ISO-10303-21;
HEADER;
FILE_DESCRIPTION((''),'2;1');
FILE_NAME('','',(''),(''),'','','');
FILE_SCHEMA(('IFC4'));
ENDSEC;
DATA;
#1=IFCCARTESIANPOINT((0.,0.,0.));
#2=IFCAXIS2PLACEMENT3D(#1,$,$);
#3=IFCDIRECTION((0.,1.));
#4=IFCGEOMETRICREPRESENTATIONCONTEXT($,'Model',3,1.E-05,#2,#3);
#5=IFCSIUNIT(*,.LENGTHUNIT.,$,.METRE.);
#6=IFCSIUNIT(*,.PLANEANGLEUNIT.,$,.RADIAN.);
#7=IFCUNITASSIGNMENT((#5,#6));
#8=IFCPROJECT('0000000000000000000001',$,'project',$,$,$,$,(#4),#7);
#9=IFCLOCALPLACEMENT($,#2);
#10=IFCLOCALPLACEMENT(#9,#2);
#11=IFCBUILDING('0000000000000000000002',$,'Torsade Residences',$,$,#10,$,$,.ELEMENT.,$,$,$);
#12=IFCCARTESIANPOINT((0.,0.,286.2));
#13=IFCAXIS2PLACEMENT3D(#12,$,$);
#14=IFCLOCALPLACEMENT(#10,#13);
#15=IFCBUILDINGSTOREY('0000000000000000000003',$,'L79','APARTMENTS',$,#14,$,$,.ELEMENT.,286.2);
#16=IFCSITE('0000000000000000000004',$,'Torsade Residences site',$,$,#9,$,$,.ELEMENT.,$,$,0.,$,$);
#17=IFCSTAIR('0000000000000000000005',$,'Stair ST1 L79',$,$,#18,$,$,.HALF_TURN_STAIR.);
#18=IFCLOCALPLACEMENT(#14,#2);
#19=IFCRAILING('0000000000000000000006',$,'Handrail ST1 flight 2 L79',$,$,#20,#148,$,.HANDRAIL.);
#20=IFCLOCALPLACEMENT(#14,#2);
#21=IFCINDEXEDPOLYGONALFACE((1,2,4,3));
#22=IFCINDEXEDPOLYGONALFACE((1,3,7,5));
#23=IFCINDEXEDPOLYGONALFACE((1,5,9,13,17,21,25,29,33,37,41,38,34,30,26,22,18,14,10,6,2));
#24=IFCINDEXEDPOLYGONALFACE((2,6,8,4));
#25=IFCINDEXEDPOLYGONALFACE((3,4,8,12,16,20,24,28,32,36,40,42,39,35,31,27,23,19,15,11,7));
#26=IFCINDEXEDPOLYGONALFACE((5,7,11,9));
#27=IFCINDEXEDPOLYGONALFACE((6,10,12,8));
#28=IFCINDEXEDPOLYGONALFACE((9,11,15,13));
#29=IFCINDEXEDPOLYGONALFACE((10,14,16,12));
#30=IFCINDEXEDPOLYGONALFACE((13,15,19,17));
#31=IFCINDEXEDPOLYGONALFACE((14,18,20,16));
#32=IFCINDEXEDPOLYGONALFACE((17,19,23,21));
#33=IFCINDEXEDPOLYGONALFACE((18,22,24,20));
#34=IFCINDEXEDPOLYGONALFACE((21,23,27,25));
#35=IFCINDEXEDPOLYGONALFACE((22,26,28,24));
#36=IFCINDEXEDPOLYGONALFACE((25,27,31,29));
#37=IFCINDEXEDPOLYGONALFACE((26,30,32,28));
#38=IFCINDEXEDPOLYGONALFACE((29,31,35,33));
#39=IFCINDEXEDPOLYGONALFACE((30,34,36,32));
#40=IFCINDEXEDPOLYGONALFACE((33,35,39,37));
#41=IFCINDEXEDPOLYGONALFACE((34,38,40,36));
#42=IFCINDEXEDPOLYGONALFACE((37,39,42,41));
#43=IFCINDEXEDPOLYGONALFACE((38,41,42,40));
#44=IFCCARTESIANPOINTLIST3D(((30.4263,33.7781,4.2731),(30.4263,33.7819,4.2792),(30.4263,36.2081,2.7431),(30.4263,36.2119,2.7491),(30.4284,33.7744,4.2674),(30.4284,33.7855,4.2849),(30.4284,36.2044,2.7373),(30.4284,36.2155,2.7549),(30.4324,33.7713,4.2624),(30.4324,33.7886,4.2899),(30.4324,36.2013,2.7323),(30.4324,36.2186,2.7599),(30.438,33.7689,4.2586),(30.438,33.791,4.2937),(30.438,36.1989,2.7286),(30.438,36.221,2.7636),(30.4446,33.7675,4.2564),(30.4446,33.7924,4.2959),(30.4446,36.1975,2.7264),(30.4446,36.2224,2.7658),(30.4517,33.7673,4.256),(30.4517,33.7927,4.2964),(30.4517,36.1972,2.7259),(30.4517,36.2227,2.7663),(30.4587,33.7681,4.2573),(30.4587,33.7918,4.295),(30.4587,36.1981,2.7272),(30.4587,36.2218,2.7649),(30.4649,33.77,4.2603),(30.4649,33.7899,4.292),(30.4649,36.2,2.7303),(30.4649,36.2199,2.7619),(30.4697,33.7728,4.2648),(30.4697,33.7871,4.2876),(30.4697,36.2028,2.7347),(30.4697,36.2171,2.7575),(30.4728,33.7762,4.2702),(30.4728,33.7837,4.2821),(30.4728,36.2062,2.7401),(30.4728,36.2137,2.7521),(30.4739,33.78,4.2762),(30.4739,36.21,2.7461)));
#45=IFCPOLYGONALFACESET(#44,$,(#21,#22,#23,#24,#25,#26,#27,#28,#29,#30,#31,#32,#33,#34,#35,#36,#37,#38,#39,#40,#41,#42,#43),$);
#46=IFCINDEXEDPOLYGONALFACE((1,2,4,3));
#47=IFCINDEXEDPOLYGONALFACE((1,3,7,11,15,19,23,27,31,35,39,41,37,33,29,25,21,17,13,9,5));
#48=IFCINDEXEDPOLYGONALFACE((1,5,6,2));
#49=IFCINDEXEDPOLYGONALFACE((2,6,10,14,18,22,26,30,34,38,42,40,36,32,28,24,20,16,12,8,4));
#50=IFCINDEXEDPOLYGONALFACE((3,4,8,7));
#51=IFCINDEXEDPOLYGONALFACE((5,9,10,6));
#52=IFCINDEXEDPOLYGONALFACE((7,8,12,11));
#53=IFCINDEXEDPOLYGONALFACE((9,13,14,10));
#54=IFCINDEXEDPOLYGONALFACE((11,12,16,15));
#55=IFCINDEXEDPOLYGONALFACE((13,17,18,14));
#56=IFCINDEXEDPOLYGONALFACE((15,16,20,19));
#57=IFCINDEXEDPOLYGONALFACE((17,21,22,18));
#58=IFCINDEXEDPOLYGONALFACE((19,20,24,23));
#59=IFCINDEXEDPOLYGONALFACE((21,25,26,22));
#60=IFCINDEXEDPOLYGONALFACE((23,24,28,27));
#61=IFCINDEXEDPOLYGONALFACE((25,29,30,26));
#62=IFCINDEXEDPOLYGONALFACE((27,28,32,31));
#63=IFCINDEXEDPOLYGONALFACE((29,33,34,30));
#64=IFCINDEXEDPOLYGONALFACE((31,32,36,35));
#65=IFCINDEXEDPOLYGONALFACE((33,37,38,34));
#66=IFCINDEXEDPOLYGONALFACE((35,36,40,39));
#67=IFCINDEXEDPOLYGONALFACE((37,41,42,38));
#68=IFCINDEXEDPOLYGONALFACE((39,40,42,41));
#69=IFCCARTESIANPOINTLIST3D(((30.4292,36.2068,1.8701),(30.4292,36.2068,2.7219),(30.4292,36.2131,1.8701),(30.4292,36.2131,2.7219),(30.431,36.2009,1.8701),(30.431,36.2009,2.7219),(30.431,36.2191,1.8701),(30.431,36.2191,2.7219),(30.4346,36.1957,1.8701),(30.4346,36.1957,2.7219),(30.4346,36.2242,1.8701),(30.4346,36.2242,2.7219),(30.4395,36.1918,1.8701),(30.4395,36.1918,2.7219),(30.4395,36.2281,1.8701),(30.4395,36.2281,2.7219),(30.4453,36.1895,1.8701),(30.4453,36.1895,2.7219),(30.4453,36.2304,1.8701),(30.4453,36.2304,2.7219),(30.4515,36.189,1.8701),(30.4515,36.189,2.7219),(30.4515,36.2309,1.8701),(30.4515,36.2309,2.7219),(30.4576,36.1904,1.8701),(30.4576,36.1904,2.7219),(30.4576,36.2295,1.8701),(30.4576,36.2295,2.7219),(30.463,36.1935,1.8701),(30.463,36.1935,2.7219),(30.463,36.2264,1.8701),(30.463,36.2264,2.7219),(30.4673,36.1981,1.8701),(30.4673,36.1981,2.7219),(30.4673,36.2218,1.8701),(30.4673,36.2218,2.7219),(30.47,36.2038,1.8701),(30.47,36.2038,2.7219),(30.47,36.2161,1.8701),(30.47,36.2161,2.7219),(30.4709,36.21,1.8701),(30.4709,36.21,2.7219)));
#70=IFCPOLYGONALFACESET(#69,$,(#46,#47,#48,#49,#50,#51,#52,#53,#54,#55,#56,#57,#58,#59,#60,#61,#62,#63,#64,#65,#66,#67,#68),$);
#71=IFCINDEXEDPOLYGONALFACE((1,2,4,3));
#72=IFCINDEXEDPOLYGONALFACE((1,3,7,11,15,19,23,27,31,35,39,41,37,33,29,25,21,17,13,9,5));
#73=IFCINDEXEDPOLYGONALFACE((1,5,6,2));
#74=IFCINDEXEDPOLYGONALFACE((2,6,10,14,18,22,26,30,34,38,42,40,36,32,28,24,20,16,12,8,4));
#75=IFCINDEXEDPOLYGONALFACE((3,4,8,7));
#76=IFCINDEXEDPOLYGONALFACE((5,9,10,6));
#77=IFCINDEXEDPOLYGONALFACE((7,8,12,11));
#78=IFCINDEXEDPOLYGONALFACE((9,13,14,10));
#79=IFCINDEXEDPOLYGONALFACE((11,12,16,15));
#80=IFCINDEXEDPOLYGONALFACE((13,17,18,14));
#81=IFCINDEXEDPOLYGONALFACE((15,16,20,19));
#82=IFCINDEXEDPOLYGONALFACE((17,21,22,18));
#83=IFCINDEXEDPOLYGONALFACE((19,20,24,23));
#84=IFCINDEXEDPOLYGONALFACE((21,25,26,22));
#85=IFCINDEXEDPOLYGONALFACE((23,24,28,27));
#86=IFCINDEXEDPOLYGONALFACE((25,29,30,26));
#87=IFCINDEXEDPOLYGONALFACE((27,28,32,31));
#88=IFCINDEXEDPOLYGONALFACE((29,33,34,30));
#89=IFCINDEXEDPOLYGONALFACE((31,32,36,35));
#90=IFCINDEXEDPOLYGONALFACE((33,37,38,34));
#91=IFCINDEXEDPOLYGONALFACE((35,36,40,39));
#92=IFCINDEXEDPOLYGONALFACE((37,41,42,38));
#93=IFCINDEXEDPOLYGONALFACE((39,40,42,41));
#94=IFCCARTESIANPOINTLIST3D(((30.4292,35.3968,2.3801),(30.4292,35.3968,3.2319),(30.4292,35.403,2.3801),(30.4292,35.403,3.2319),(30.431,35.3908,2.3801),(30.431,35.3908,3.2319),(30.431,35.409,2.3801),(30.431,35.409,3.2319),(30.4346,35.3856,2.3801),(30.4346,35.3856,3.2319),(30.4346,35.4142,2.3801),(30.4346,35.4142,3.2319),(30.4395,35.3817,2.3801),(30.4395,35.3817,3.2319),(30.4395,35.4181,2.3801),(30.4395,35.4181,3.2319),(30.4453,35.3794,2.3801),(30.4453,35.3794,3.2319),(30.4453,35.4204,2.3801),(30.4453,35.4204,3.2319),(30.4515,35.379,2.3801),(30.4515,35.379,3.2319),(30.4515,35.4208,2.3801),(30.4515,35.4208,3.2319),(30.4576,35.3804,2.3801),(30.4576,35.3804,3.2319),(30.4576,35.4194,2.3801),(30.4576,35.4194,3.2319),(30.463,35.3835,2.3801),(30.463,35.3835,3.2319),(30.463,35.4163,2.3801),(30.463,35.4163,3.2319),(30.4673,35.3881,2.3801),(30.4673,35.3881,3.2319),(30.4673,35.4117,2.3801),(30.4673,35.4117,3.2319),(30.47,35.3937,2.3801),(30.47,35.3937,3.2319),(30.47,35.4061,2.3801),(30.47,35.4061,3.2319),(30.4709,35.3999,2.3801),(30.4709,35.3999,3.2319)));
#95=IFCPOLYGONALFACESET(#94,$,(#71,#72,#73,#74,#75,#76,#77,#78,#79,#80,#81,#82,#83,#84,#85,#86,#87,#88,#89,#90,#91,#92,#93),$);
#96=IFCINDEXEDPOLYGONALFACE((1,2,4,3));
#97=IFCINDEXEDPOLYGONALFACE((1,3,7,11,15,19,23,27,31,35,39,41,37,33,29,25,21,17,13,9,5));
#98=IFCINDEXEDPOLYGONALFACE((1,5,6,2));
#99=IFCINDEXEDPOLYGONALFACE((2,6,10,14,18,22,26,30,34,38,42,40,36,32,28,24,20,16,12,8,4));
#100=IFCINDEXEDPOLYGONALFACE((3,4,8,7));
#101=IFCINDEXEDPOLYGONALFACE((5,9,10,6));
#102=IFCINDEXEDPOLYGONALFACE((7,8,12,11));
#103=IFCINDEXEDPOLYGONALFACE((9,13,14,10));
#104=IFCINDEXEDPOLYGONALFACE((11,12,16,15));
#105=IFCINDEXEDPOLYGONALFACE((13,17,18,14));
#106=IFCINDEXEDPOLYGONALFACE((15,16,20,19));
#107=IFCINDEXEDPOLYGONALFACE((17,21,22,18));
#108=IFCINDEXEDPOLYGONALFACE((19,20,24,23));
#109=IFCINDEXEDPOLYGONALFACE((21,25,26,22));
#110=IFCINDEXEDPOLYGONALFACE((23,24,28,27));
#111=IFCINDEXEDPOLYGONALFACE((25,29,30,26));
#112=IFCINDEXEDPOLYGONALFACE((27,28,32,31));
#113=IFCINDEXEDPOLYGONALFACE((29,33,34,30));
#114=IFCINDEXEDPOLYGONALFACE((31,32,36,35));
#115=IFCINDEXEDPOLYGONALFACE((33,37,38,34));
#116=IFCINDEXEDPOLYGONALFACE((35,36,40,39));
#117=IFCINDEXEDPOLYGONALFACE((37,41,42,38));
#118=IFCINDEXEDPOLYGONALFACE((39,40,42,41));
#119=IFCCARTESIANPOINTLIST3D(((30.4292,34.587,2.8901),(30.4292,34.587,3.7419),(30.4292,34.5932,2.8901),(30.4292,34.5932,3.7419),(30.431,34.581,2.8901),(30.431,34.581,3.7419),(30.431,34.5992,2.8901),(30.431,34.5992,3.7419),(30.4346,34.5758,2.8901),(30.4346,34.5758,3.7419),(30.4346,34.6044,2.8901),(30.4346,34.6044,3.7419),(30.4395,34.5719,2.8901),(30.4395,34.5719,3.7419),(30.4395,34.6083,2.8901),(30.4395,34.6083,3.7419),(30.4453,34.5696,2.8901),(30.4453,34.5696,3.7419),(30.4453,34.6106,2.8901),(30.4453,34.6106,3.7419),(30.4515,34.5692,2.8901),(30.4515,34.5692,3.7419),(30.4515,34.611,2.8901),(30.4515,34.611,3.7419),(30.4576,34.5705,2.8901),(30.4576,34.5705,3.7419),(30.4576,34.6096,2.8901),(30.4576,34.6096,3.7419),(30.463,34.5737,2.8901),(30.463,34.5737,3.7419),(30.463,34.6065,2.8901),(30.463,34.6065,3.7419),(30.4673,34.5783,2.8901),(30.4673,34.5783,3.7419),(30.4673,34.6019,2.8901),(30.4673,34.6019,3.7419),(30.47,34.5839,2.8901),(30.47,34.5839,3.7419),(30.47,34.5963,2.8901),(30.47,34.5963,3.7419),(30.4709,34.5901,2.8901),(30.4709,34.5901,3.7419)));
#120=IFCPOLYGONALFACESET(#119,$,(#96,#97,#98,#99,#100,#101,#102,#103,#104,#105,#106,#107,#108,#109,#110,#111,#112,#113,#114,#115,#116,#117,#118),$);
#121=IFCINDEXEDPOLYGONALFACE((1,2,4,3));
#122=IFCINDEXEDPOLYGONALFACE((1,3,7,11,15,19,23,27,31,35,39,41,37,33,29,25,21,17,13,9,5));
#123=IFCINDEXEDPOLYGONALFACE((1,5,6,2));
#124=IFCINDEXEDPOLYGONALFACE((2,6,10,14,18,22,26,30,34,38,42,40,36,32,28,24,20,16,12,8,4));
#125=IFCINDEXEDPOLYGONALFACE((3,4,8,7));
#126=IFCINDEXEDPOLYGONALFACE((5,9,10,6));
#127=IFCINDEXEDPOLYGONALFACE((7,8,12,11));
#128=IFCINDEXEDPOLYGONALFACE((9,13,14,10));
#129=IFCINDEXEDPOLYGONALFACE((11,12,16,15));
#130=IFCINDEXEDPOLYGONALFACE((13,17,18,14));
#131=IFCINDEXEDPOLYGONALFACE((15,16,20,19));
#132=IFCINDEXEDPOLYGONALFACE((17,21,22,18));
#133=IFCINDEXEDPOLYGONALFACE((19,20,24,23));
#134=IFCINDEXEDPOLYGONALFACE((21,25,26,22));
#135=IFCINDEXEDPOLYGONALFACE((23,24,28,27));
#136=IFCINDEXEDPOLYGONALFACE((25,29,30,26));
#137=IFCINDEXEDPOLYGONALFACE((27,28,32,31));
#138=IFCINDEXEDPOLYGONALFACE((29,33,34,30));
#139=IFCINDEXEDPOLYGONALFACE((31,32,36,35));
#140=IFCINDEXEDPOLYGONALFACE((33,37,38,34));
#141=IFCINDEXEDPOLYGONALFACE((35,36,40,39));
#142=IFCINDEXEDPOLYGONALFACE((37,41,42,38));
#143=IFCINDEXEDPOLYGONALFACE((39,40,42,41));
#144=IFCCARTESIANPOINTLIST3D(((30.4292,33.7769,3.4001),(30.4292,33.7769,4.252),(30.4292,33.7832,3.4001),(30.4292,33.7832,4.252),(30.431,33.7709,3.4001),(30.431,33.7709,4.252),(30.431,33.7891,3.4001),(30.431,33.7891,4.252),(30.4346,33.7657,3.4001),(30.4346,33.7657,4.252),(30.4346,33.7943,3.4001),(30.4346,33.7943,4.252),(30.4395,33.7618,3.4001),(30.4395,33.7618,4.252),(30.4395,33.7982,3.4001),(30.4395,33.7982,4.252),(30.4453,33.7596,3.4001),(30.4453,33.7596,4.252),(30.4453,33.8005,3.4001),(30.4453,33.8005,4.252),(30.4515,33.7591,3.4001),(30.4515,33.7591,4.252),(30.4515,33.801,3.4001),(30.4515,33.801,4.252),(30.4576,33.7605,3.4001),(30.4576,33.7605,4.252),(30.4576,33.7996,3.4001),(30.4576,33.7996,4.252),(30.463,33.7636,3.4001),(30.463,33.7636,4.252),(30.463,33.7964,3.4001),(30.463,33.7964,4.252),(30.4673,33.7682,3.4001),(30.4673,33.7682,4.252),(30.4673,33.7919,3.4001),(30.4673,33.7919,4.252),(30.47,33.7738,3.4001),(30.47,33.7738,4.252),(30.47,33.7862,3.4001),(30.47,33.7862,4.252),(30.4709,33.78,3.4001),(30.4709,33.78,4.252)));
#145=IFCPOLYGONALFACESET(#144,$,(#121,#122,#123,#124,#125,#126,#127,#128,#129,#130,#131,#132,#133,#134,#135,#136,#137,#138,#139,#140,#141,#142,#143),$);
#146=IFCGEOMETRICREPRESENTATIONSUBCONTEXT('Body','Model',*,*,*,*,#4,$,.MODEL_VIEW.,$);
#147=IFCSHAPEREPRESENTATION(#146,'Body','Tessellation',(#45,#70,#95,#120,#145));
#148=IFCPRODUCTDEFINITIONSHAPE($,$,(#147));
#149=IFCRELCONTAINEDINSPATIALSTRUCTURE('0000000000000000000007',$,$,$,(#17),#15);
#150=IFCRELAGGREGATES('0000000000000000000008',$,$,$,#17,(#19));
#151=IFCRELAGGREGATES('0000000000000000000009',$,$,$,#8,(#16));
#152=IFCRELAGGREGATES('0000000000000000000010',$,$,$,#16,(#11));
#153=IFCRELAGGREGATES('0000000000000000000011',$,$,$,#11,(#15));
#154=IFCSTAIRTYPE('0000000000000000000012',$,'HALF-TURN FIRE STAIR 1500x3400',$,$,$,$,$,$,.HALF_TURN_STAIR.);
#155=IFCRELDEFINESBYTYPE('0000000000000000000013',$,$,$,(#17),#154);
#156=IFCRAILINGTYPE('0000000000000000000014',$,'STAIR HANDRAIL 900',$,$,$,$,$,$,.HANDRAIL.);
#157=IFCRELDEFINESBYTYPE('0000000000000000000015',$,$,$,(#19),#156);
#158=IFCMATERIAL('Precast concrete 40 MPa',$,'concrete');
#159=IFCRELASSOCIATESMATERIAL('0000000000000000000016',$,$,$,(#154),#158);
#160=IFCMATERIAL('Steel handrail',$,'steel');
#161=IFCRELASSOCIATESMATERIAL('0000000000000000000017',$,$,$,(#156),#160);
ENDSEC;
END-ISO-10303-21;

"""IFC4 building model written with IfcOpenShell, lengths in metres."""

from ifc_helpers import new_model, si_unit, direction, frame, origin, origin_2d, place, context, subcontext, project, spatial, circle, extrude, material, type_object, element, aggregate, save


model = new_model("IFC4")

# Units and contexts
model_context = context("Model", 3, precision=1e-05, world=origin(), true_north=direction((0.0, 1.0)))
body_context = subcontext(model_context, "Body", "Model", "MODEL_VIEW")
ifc_project = project(units=[si_unit("LENGTHUNIT", "METRE"), si_unit("PLANEANGLEUNIT", "RADIAN")], contexts=[model_context])

# Site, building, storey
site_placement = place(None, origin())
site = spatial("IfcSite", under=ifc_project, at=site_placement, Name="Torsade Residences site", CompositionType="ELEMENT", RefElevation=0.0)
building_placement = place(site_placement, origin())
building = spatial("IfcBuilding", under=site, at=building_placement, Name="Torsade Residences", CompositionType="ELEMENT")
storey_placement = place(building_placement, frame((0.0, 0.0, 286.2)))
storey = spatial("IfcBuildingStorey", under=building, at=storey_placement, Name="L79", Description="APARTMENTS", CompositionType="ELEMENT", Elevation=286.2)

# Stair, railing
ifc_material_1 = material(Name="Precast concrete 40 MPa", Category="concrete")
stair_type = type_object("IfcStairType", Name="HALF-TURN FIRE STAIR 1500x3400", PredefinedType="HALF_TURN_STAIR", material=ifc_material_1)
stair_placement = place(storey_placement, origin())
stair = element("IfcStair", 1, at=stair_placement, inside=storey, type_object=stair_type, Name="Stair ST1 L79", PredefinedType="HALF_TURN_STAIR")
ifc_material_2 = material(Name="Steel handrail", Category="steel")
railing_type = type_object("IfcRailingType", Name="STAIR HANDRAIL 900", PredefinedType="HANDRAIL", material=ifc_material_2)
railing_1_placement = place(storey_placement, frame((30.45, 36.21, 1.8701)))
railing_1 = element("IfcRailing", 2, at=railing_1_placement, type_object=railing_type, Name="Handrail ST1 flight 2 L79", PredefinedType="HANDRAIL", context=body_context, shape_type="SweptSolid", body=[
    extrude(circle(Radius=0.0239, at=origin_2d()), frame((0.0, 0.0, 0.876), z_axis=(0.0, -0.846221, 0.532831), x_axis=(1.0, 0.0, 0.0)), (0.0, 0.0, 1.0), 2.8716),
    extrude(circle(Radius=0.021, at=origin_2d()), origin(), (0.0, 0.0, 1.0), 0.8518),
    extrude(circle(Radius=0.021, at=origin_2d()), frame((0.0, -0.8101, 0.51)), (0.0, 0.0, 1.0), 0.8518),
    extrude(circle(Radius=0.021, at=origin_2d()), frame((0.0, -1.6199, 1.02)), (0.0, 0.0, 1.0), 0.8518),
    extrude(circle(Radius=0.021, at=origin_2d()), frame((0.0, -2.4299, 1.53)), (0.0, 0.0, 1.0), 0.8518),
])
aggregate(stair, [railing_1])

save(model, "model.ifc")
